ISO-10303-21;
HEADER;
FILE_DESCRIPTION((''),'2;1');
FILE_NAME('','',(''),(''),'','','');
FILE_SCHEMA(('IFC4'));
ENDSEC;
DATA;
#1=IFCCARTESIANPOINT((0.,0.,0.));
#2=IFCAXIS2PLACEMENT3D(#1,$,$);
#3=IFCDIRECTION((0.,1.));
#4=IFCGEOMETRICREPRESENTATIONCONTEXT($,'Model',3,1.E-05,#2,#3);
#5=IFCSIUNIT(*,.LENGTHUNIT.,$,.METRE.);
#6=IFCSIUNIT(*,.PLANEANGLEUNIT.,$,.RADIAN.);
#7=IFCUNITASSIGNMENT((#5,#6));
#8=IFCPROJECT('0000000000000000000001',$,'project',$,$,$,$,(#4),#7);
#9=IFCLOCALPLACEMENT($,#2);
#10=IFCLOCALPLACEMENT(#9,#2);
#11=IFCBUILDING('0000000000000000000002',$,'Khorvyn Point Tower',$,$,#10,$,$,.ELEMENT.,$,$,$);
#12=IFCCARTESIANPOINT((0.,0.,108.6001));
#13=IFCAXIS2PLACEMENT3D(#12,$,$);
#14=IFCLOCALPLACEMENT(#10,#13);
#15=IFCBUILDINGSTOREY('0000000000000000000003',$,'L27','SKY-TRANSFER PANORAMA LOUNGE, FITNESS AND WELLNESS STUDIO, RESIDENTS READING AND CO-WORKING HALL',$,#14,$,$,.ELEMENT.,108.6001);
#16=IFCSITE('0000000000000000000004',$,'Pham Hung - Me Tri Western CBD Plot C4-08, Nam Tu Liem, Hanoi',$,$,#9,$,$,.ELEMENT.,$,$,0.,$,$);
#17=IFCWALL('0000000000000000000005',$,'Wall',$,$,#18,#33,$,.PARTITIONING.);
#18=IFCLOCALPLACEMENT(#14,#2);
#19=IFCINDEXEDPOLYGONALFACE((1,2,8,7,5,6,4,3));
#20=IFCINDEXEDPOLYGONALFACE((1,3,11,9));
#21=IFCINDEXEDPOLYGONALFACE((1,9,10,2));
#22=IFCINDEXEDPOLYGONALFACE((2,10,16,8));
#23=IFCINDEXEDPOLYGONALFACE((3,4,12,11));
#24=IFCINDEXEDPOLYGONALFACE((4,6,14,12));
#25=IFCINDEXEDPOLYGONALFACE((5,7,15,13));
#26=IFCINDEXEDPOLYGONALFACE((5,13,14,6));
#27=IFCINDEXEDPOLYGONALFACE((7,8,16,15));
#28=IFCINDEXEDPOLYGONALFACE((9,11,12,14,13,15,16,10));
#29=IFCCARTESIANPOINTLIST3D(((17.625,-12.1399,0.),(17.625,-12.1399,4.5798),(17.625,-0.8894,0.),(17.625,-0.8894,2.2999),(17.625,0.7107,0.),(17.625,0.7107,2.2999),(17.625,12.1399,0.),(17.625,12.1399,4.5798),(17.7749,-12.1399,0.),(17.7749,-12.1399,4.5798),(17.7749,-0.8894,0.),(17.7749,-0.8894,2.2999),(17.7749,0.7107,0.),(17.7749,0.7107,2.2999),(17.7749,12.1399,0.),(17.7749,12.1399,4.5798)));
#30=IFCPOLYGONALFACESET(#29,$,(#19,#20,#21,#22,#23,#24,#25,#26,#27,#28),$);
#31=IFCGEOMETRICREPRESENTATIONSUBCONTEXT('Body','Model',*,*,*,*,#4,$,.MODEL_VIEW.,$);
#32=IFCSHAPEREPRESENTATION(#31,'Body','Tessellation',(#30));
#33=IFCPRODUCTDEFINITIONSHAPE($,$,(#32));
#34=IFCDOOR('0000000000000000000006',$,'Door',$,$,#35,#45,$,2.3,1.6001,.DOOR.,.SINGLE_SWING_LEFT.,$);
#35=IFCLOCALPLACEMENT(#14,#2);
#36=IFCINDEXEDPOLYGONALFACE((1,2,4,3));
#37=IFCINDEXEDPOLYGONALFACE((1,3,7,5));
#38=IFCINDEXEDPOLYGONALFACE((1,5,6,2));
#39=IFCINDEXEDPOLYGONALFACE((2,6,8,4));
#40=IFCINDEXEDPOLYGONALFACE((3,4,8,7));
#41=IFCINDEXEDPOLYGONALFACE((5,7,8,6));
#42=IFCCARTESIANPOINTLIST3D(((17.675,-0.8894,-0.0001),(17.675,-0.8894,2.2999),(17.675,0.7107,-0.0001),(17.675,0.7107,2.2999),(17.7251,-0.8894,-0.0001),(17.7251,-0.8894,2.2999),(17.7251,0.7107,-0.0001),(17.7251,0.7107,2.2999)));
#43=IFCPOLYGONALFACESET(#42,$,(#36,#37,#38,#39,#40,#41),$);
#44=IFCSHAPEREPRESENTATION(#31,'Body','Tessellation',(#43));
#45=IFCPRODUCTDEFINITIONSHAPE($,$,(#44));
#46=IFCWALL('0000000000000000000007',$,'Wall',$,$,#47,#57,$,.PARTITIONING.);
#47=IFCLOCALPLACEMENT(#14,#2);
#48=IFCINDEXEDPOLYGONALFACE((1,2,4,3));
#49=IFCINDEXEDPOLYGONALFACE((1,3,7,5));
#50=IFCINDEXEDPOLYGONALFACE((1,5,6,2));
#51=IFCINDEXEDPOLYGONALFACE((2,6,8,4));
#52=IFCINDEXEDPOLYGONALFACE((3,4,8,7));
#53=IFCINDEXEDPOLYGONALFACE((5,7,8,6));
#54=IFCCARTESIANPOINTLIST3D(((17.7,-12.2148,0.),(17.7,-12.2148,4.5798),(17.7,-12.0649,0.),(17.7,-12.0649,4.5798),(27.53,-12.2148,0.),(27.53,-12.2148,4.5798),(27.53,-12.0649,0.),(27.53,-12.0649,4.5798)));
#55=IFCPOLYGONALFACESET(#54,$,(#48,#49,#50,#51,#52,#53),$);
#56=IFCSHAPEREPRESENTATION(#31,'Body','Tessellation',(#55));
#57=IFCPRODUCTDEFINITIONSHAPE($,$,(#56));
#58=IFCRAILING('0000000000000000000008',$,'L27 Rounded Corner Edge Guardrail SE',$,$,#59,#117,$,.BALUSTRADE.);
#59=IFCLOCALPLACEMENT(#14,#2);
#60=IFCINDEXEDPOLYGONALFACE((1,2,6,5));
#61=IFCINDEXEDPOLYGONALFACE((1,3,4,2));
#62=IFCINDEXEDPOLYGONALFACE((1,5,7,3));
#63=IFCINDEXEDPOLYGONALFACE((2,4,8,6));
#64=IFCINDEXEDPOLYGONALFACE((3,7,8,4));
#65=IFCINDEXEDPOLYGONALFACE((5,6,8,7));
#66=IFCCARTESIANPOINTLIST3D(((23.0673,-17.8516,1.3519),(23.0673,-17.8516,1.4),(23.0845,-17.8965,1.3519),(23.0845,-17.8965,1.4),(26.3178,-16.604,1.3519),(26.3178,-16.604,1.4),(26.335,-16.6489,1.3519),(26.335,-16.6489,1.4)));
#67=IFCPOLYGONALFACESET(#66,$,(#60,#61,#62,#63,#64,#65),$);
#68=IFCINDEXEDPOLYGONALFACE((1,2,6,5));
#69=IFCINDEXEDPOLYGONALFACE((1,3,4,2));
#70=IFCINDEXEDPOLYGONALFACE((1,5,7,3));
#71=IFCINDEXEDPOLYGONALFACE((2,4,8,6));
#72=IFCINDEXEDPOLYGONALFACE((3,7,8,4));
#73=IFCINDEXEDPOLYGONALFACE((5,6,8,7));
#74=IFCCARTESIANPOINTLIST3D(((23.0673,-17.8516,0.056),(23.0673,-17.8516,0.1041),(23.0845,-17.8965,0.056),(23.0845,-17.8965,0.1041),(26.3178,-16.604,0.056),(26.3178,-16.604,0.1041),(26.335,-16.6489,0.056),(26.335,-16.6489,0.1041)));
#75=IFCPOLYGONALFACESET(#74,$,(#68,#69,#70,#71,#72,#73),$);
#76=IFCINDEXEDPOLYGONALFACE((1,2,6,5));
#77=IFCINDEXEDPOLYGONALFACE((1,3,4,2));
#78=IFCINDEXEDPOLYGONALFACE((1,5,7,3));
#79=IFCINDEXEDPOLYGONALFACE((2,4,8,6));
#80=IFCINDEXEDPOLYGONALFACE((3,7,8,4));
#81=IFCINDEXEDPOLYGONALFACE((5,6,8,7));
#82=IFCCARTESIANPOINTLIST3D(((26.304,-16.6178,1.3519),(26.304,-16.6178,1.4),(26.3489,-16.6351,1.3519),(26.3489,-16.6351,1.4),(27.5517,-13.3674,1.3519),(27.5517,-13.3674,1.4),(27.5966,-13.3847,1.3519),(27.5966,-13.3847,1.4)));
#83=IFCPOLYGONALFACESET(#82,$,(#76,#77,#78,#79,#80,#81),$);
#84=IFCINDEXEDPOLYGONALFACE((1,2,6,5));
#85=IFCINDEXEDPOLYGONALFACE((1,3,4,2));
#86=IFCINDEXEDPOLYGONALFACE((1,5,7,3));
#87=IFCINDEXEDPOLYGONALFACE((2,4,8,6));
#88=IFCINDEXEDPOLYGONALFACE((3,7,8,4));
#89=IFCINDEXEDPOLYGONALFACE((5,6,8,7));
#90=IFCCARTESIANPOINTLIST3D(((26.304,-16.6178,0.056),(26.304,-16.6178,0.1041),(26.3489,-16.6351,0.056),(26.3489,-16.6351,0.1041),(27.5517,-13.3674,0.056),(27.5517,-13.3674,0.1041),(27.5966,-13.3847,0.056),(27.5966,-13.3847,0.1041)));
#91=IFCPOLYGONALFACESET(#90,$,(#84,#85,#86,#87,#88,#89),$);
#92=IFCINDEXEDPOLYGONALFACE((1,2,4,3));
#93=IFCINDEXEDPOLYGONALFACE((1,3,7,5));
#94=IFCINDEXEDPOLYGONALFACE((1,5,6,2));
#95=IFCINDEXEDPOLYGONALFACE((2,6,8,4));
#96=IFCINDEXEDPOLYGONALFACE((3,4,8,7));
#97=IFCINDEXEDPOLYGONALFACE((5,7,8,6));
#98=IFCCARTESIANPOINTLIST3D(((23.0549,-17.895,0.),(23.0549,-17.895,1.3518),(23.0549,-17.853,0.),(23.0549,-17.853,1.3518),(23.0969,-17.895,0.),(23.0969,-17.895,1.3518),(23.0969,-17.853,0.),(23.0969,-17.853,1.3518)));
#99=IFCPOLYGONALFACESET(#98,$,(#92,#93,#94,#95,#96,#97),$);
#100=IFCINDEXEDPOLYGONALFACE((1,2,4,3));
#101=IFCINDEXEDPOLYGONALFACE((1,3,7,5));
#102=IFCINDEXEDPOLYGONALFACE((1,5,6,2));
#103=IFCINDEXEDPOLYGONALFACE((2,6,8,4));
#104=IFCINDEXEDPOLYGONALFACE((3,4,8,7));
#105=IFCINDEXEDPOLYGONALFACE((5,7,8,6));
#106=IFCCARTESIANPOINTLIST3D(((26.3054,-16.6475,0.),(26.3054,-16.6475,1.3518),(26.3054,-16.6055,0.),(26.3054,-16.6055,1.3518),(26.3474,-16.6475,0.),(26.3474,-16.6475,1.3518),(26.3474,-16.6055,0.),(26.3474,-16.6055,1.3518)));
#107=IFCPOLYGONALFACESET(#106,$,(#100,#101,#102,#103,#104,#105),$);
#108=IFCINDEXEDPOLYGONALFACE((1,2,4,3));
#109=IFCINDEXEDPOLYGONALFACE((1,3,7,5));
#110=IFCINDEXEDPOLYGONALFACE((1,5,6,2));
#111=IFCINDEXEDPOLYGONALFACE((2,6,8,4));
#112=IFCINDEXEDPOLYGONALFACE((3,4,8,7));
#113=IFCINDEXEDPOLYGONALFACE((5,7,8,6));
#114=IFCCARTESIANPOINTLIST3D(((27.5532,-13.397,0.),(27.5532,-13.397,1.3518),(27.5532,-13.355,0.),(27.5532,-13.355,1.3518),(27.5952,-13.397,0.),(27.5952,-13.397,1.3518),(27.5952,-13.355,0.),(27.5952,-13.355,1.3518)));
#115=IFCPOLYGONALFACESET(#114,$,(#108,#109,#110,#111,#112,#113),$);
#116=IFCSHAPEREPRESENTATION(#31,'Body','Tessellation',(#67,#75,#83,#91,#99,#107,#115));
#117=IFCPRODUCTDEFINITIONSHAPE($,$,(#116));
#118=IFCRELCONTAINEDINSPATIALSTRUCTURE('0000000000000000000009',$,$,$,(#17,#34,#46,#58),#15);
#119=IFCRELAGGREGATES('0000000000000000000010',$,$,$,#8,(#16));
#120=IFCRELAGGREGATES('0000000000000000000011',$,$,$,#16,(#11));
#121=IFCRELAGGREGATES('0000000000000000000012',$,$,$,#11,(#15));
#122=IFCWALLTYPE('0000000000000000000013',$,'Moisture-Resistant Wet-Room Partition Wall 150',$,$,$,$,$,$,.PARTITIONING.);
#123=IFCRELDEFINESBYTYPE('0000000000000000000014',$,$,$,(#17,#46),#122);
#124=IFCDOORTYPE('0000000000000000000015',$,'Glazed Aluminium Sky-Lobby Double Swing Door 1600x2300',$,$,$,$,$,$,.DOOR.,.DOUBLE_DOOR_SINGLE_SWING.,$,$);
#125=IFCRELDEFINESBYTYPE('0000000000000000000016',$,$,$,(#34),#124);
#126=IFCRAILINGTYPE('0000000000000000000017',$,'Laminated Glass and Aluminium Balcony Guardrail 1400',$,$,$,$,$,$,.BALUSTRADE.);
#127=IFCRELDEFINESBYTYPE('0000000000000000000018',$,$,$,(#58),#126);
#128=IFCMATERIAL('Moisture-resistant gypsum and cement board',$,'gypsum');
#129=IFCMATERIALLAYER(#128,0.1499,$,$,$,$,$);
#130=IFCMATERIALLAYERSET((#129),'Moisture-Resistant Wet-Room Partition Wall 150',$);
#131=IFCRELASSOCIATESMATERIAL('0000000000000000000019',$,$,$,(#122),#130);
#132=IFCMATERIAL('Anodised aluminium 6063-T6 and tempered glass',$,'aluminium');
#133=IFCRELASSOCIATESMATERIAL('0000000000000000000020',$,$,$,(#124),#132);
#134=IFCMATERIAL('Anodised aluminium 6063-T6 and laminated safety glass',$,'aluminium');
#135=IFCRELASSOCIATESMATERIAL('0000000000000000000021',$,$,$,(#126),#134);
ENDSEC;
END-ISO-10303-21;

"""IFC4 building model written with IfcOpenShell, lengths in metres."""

from ifc_helpers import new_model, si_unit, direction, frame, frame_2d, origin, origin_2d, place, context, subcontext, project, spatial, rectangle, extrude, material, layer, layer_set, type_object, element, fill, save


model = new_model("IFC4")

# Units and contexts
model_context = context("Model", 3, precision=1e-05, world=origin(), true_north=direction((0.0, 1.0)))
body_context = subcontext(model_context, "Body", "Model", "MODEL_VIEW")
ifc_project = project(units=[si_unit("LENGTHUNIT", "METRE"), si_unit("PLANEANGLEUNIT", "RADIAN")], contexts=[model_context])

# Site, building, storey
site_placement = place(None, origin())
site = spatial("IfcSite", under=ifc_project, at=site_placement, Name="Pham Hung - Me Tri Western CBD Plot C4-08, Nam Tu Liem, Hanoi", CompositionType="ELEMENT", RefElevation=0.0)
building_placement = place(site_placement, origin())
building = spatial("IfcBuilding", under=site, at=building_placement, Name="Khorvyn Point Tower", CompositionType="ELEMENT")
storey_placement = place(building_placement, frame((0.0, 0.0, 108.6001)))
storey = spatial("IfcBuildingStorey", under=building, at=storey_placement, Name="L27", Description="SKY-TRANSFER PANORAMA LOUNGE, FITNESS AND WELLNESS STUDIO, RESIDENTS READING AND CO-WORKING HALL", CompositionType="ELEMENT", Elevation=108.6001)

# Wall, opening, door
ifc_material_1 = material(Name="Moisture-resistant gypsum and cement board", Category="gypsum")
ifc_layer_1 = layer(ifc_material_1, 0.1499)
ifc_layer_set_1 = layer_set([ifc_layer_1], Name="Moisture-Resistant Wet-Room Partition Wall 150")
wall_type_1 = type_object("IfcWallType", Name="Moisture-Resistant Wet-Room Partition Wall 150", PredefinedType="PARTITIONING", material=ifc_layer_set_1)
wall_1_placement = place(storey_placement, frame((17.7, -12.1399, 0.0), z_axis=(0.0, 0.0, 1.0), x_axis=(0.0, 1.0, 0.0)))
wall_1 = element("IfcWall", 1, at=wall_1_placement, inside=storey, type_object=wall_type_1, Name="Wall", PredefinedType="PARTITIONING", context=body_context, shape_type="SweptSolid", body=[
    extrude(rectangle(XDim=24.2798, YDim=0.1499, at=frame_2d((12.1399, 0.0))), origin(), (0.0, 0.0, 1.0), 4.5798),
])
opening_1_placement = place(wall_1_placement, frame((11.2505, 0.0, 0.0)))
opening_1 = element("IfcOpeningElement", 2, at=opening_1_placement, cuts=wall_1, PredefinedType="OPENING", context=body_context, shape_type="SweptSolid", body=[
    extrude(rectangle(XDim=1.6001, YDim=2.3, at=frame_2d((0.8, 1.1499))), frame((0.0, 0.085, 0.0), z_axis=(0.0, -1.0, 0.0), x_axis=(1.0, 0.0, 0.0)), (0.0, 0.0, 1.0), 0.1699),
])
ifc_material_2 = material(Name="Anodised aluminium 6063-T6 and tempered glass", Category="aluminium")
door_type = type_object("IfcDoorType", Name="Glazed Aluminium Sky-Lobby Double Swing Door 1600x2300", OperationType="DOUBLE_DOOR_SINGLE_SWING", PredefinedType="DOOR", material=ifc_material_2)
door_placement = place(opening_1_placement, origin())
door = element("IfcDoor", 3, at=door_placement, inside=storey, type_object=door_type, Name="Door", OperationType="SINGLE_SWING_LEFT", OverallHeight=2.3, OverallWidth=1.6001, PredefinedType="DOOR", context=body_context, shape_type="SweptSolid", body=[
    extrude(rectangle(XDim=1.6001, YDim=2.3, at=frame_2d((0.8, 1.1499))), frame((0.0, 0.0249, 0.0), z_axis=(0.0, -1.0, 0.0), x_axis=(1.0, 0.0, 0.0)), (0.0, 0.0, 1.0), 0.05),
])
fill(opening_1, door)

# Wall
wall_2_placement = place(storey_placement, frame((17.7, -12.1399, 0.0), z_axis=(0.0, 0.0, 1.0), x_axis=(1.0, 0.0, 0.0)))
element("IfcWall", 4, at=wall_2_placement, inside=storey, type_object=wall_type_1, Name="Wall", PredefinedType="PARTITIONING", context=body_context, shape_type="SweptSolid", body=[
    extrude(rectangle(XDim=9.8301, YDim=0.1499, at=frame_2d((4.915, 0.0))), origin(), (0.0, 0.0, 1.0), 4.5798),
])

# Railing
ifc_material_3 = material(Name="Anodised aluminium 6063-T6 and laminated safety glass", Category="aluminium")
railing_type = type_object("IfcRailingType", Name="Laminated Glass and Aluminium Balcony Guardrail 1400", PredefinedType="BALUSTRADE", material=ifc_material_3)
railing_placement = place(storey_placement, frame((23.0759, -17.874, 0.0)))
element("IfcRailing", 5, at=railing_placement, inside=storey, type_object=railing_type, Name="L27 Rounded Corner Edge Guardrail SE", PredefinedType="BALUSTRADE", context=body_context, shape_type="SweptSolid", body=[
    extrude(rectangle(XDim=0.0481, YDim=0.0481, at=origin_2d()), frame((0.0, 0.0, 1.376), z_axis=(0.933598, 0.358321, 0.0), x_axis=(-0.358321, 0.933598, 0.0)), (0.0, 0.0, 1.0), 3.4817),
    extrude(rectangle(XDim=0.0481, YDim=0.0481, at=origin_2d()), frame((0.0, 0.0, 0.0801), z_axis=(0.933598, 0.358321, 0.0), x_axis=(-0.358321, 0.933598, 0.0)), (0.0, 0.0, 1.0), 3.4817),
    extrude(rectangle(XDim=0.0481, YDim=0.0481, at=origin_2d()), frame((3.2505, 1.2476, 1.376), z_axis=(0.358382, 0.933575, 0.0), x_axis=(-0.933575, 0.358382, 0.0)), (0.0, 0.0, 1.0), 3.4817),
    extrude(rectangle(XDim=0.0481, YDim=0.0481, at=origin_2d()), frame((3.2505, 1.2476, 0.0801), z_axis=(0.358382, 0.933575, 0.0), x_axis=(-0.933575, 0.358382, 0.0)), (0.0, 0.0, 1.0), 3.4817),
    extrude(rectangle(XDim=0.042, YDim=0.042, at=origin_2d()), origin(), (0.0, 0.0, 1.0), 1.3518),
    extrude(rectangle(XDim=0.042, YDim=0.042, at=origin_2d()), frame((3.2505, 1.2476, 0.0)), (0.0, 0.0, 1.0), 1.3518),
    extrude(rectangle(XDim=0.042, YDim=0.042, at=origin_2d()), frame((4.4983, 4.498, 0.0)), (0.0, 0.0, 1.0), 1.3518),
])

save(model, "model.ifc")
